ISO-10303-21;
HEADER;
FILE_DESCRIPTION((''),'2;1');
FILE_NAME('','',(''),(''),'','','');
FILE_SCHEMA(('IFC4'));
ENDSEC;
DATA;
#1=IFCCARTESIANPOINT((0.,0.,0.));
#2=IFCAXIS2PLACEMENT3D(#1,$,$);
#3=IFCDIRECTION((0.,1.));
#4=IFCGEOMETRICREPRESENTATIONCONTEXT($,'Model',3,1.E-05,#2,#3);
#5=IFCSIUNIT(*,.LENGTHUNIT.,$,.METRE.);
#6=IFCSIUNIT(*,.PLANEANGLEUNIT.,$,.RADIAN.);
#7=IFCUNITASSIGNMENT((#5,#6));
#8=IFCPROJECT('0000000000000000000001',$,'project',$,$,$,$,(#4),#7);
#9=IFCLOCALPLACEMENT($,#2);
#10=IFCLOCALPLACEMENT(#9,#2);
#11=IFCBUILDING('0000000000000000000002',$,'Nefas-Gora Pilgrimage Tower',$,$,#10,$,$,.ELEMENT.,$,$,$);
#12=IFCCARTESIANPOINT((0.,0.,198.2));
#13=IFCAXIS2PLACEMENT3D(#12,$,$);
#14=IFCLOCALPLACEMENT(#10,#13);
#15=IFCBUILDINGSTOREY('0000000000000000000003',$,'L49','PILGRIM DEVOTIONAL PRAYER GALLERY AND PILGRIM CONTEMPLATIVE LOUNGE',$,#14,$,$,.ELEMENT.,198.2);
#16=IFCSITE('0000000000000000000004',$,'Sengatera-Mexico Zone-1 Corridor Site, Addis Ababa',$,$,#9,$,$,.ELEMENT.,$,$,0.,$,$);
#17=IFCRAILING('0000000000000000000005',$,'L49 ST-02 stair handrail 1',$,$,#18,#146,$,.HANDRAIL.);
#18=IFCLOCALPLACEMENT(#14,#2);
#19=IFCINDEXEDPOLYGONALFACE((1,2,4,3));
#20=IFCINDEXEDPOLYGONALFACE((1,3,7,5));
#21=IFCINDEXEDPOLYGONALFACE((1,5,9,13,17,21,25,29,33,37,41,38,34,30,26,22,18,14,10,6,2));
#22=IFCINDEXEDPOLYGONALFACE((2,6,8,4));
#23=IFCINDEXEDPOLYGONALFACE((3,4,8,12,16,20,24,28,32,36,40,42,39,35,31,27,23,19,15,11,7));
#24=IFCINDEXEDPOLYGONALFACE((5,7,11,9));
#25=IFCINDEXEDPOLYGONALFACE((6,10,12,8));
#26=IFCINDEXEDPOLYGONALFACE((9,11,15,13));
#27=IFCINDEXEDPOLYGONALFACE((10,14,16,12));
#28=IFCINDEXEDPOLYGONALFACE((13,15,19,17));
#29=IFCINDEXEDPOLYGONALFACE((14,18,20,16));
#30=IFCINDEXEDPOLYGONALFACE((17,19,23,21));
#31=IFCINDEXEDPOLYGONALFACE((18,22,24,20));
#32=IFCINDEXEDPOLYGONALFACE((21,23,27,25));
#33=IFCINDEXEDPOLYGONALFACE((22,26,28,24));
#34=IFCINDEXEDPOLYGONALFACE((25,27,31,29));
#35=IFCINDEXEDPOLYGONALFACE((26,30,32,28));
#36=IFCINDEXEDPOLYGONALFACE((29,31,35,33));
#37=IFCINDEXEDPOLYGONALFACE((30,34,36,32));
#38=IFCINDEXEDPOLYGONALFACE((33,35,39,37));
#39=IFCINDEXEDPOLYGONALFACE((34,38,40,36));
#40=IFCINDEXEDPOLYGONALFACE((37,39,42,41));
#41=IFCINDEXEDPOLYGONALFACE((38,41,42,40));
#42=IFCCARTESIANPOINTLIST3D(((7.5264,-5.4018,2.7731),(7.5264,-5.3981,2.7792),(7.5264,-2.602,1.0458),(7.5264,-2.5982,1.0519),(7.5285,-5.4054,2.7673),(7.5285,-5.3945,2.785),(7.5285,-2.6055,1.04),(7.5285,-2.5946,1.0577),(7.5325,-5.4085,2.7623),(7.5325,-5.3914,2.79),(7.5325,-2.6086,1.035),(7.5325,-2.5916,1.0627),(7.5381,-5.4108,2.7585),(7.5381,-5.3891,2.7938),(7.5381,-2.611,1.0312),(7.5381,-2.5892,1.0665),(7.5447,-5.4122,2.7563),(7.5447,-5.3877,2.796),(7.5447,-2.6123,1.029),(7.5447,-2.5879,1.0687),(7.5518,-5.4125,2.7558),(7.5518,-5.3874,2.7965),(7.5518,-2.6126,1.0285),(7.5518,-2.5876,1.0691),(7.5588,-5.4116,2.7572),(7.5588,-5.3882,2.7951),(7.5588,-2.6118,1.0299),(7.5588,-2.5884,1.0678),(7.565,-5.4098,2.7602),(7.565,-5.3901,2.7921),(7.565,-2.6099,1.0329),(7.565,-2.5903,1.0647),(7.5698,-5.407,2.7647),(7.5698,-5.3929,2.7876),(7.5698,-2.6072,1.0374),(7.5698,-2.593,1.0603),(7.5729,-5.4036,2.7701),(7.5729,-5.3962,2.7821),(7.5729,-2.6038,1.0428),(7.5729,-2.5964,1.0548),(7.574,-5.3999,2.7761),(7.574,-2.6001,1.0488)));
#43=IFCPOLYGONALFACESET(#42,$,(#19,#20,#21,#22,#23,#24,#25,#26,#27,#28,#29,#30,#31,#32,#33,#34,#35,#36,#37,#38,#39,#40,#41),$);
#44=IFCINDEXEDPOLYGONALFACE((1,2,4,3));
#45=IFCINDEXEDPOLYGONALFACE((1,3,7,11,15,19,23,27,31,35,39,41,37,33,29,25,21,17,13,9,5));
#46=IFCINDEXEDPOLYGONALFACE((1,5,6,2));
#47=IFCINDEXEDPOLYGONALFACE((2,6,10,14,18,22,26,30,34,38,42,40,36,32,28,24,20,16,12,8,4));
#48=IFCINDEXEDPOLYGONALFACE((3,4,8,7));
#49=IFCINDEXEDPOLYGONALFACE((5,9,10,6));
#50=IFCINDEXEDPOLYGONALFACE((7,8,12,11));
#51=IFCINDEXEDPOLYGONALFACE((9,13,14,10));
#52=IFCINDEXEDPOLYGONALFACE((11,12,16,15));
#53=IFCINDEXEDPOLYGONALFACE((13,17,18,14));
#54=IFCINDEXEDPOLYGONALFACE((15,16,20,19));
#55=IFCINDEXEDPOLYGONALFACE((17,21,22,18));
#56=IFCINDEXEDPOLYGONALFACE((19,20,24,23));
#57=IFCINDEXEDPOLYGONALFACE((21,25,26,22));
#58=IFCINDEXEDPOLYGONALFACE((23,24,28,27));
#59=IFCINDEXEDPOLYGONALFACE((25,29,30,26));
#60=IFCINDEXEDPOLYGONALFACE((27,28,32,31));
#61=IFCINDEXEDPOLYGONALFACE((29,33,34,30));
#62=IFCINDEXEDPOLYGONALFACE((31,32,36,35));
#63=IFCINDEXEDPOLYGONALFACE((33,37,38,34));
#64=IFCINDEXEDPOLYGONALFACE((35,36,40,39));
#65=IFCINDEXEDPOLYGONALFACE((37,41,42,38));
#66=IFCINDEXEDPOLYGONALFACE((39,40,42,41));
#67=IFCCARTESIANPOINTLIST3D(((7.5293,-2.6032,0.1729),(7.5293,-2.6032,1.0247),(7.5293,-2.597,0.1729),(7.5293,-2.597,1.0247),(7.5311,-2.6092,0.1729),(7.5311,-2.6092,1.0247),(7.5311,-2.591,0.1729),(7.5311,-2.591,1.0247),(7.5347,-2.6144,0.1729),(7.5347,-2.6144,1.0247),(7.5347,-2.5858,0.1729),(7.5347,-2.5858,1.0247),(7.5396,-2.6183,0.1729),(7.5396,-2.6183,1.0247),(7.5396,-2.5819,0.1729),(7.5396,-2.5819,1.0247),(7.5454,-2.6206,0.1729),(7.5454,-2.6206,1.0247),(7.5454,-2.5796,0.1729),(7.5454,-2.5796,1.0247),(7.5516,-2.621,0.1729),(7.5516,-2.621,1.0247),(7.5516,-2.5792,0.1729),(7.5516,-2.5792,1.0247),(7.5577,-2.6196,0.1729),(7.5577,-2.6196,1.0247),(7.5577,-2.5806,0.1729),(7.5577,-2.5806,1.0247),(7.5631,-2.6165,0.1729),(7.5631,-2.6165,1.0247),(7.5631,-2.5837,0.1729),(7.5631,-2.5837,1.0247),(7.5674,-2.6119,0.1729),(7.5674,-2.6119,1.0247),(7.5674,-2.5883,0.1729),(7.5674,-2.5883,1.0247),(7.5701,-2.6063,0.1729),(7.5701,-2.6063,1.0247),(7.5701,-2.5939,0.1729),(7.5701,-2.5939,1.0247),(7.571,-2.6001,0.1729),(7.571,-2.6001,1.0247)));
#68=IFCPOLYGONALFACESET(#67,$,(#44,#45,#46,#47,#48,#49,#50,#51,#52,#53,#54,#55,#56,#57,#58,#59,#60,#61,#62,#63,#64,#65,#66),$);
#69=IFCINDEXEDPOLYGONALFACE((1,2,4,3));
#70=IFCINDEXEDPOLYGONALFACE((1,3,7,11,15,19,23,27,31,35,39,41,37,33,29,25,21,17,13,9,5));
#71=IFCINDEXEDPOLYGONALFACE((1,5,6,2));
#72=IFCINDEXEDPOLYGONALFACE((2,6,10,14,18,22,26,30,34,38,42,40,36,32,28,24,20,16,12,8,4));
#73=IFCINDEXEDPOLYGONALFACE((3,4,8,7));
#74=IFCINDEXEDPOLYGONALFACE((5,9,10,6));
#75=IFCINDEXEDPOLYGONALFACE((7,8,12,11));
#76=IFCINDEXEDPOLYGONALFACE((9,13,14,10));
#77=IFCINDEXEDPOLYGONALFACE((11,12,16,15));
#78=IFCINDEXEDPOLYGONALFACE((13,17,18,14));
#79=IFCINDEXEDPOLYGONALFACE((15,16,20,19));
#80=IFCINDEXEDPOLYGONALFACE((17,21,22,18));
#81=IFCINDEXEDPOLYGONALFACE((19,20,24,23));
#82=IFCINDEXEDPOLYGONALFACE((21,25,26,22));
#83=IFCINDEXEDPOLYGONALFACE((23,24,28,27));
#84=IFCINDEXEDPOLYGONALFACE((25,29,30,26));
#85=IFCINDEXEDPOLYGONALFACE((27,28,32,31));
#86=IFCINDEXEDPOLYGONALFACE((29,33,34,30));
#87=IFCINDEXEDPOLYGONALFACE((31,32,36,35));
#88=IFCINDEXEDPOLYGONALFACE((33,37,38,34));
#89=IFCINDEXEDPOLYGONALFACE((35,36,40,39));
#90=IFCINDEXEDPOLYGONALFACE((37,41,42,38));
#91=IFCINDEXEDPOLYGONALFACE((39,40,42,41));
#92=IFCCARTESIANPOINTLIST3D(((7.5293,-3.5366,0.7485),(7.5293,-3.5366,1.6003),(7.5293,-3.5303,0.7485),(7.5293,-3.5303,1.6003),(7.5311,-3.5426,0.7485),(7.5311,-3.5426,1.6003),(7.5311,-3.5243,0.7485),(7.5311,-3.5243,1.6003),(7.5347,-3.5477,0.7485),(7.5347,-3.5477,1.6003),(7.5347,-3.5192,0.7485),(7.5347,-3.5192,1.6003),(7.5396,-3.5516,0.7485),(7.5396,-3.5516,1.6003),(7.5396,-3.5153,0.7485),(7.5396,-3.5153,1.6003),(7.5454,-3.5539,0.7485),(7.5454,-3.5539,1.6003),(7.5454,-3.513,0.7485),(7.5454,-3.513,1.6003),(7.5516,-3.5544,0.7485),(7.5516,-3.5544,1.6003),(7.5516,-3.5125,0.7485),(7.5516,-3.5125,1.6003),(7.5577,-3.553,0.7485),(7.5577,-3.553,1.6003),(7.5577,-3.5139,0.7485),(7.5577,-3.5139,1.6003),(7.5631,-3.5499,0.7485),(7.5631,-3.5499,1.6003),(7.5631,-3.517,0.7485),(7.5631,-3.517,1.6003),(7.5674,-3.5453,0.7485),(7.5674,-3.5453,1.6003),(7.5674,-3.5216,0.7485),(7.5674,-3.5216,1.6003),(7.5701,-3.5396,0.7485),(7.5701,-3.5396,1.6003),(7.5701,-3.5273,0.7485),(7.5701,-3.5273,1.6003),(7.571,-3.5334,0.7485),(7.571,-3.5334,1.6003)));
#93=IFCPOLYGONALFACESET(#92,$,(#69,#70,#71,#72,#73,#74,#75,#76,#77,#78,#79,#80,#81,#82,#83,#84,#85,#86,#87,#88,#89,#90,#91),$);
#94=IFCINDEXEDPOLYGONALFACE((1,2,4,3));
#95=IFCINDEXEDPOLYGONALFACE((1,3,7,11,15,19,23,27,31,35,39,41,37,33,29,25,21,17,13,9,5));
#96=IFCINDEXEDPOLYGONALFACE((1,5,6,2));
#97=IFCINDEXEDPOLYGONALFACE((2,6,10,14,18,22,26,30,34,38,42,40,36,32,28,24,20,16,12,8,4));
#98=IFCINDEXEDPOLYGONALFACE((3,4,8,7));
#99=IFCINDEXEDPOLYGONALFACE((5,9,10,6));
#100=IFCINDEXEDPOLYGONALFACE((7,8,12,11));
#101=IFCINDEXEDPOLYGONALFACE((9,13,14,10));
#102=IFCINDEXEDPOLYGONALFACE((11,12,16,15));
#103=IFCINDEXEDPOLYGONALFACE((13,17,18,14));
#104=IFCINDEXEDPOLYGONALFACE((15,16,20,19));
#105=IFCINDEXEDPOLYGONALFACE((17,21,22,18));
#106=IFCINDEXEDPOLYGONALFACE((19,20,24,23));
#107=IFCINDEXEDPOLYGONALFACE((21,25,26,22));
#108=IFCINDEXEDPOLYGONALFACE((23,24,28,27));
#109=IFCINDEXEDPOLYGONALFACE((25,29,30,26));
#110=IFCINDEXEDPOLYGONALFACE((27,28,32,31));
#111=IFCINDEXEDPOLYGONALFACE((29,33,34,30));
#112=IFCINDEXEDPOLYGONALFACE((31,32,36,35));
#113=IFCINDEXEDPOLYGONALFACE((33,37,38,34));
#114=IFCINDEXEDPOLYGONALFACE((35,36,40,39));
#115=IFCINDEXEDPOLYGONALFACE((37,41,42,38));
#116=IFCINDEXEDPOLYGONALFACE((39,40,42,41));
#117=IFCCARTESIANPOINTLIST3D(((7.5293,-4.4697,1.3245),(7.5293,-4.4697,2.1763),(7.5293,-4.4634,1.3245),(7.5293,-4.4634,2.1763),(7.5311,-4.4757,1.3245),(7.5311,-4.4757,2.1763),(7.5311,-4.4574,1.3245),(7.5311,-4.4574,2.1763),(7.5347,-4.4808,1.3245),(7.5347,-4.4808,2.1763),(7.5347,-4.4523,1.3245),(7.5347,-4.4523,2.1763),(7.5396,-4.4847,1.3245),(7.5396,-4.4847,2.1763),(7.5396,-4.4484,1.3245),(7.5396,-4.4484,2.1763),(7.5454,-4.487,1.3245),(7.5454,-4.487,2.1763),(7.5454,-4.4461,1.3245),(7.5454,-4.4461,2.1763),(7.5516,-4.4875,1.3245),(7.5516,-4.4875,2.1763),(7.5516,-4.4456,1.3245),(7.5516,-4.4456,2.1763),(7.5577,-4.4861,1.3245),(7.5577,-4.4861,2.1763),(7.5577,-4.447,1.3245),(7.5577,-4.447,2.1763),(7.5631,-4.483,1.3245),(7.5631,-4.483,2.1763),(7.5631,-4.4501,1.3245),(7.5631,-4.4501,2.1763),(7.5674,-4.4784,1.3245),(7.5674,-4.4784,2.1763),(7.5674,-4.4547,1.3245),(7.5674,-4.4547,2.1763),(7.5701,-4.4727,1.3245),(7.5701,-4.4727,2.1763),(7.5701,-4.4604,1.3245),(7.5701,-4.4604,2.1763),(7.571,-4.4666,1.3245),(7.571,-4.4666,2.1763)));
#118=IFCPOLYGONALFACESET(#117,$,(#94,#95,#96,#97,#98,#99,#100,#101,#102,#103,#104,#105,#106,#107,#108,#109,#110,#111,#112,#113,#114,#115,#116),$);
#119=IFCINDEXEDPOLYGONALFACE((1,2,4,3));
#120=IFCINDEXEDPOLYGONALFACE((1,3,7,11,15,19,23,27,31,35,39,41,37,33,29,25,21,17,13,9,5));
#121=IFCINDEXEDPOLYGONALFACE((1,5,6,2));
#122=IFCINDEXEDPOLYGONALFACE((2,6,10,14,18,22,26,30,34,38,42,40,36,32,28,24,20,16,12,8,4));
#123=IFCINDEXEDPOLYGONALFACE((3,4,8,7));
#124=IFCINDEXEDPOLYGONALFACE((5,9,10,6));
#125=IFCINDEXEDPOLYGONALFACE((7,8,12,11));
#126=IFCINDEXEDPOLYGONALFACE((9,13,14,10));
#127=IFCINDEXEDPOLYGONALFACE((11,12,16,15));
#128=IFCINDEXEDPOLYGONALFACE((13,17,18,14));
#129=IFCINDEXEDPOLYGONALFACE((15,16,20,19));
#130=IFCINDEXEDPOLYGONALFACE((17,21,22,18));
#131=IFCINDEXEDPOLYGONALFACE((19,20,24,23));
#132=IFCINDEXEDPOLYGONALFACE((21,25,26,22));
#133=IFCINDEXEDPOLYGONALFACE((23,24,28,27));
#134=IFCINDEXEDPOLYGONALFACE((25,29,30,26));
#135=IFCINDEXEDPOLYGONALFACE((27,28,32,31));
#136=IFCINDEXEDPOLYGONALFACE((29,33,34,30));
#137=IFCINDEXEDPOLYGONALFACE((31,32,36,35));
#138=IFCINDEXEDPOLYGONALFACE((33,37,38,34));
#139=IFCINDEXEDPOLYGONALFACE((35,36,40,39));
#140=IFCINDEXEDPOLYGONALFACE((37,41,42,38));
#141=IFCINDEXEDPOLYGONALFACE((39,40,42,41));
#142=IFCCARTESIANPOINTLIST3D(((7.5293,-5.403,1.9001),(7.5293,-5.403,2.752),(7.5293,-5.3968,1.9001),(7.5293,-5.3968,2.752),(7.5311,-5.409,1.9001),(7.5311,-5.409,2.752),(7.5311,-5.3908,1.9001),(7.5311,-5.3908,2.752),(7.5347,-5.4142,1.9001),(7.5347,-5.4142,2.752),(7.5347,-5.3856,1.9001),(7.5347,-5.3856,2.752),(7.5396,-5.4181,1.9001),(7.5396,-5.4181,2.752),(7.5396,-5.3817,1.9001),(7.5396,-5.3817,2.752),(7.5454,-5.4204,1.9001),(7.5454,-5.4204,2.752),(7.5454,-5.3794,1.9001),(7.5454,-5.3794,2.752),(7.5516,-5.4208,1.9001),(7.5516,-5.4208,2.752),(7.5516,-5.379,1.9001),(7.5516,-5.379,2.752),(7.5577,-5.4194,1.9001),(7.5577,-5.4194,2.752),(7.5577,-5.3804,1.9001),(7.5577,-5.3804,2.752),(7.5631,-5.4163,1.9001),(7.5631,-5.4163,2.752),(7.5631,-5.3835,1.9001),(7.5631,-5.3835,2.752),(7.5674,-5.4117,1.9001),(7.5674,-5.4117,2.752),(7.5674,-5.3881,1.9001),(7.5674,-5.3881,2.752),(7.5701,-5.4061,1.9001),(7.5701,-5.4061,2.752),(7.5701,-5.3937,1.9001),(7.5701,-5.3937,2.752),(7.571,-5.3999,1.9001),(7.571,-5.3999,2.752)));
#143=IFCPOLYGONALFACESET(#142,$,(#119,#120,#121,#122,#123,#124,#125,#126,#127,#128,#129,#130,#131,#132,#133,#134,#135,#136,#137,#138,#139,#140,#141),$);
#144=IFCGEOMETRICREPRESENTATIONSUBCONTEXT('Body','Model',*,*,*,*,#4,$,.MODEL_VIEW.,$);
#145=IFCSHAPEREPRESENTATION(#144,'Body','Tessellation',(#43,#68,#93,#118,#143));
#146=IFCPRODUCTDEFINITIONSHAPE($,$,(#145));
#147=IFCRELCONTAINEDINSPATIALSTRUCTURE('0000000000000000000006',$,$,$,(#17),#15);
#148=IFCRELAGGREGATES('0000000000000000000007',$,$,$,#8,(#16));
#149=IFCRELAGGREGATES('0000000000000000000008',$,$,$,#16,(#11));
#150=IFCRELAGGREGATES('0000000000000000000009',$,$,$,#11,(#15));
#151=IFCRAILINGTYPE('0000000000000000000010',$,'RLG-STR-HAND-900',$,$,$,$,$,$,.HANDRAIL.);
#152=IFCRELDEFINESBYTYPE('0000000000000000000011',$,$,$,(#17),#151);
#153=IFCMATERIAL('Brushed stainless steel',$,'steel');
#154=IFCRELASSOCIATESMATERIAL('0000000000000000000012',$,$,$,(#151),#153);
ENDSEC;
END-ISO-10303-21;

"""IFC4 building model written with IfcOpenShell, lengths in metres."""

from ifc_helpers import new_model, si_unit, direction, frame, origin, origin_2d, place, context, subcontext, project, spatial, circle, extrude, material, type_object, element, save


model = new_model("IFC4")

# Units and contexts
model_context = context("Model", 3, precision=1e-05, world=origin(), true_north=direction((0.0, 1.0)))
body_context = subcontext(model_context, "Body", "Model", "MODEL_VIEW")
ifc_project = project(units=[si_unit("LENGTHUNIT", "METRE"), si_unit("PLANEANGLEUNIT", "RADIAN")], contexts=[model_context])

# Site, building, storey
site_placement = place(None, origin())
site = spatial("IfcSite", under=ifc_project, at=site_placement, Name="Sengatera-Mexico Zone-1 Corridor Site, Addis Ababa", CompositionType="ELEMENT", RefElevation=0.0)
building_placement = place(site_placement, origin())
building = spatial("IfcBuilding", under=site, at=building_placement, Name="Nefas-Gora Pilgrimage Tower", CompositionType="ELEMENT")
storey_placement = place(building_placement, frame((0.0, 0.0, 198.2)))
storey = spatial("IfcBuildingStorey", under=building, at=storey_placement, Name="L49", Description="PILGRIM DEVOTIONAL PRAYER GALLERY AND PILGRIM CONTEMPLATIVE LOUNGE", CompositionType="ELEMENT", Elevation=198.2)

# Railing
ifc_material_1 = material(Name="Brushed stainless steel", Category="steel")
railing_type_1 = type_object("IfcRailingType", Name="RLG-STR-HAND-900", PredefinedType="HANDRAIL", material=ifc_material_1)
railing_1_placement = place(storey_placement, frame((7.55, -2.6001, 0.1729)))
element("IfcRailing", 1, at=railing_1_placement, inside=storey, type_object=railing_type_1, Name="L49 ST-02 stair handrail 1", PredefinedType="HANDRAIL", context=body_context, shape_type="SweptSolid", body=[
    extrude(circle(Radius=0.0239, at=origin_2d()), frame((0.0, 0.0, 0.876), z_axis=(0.0, -0.851069, 0.525054), x_axis=(1.0, 0.0, 0.0)), (0.0, 0.0, 1.0), 3.2898),
    extrude(circle(Radius=0.021, at=origin_2d()), origin(), (0.0, 0.0, 1.0), 0.8518),
    extrude(circle(Radius=0.021, at=origin_2d()), frame((0.0, -0.9333, 0.5757)), (0.0, 0.0, 1.0), 0.8518),
    extrude(circle(Radius=0.021, at=origin_2d()), frame((0.0, -1.8665, 1.1516)), (0.0, 0.0, 1.0), 0.8518),
    extrude(circle(Radius=0.021, at=origin_2d()), frame((0.0, -2.7998, 1.7273)), (0.0, 0.0, 1.0), 0.8518),
])

save(model, "model.ifc")
